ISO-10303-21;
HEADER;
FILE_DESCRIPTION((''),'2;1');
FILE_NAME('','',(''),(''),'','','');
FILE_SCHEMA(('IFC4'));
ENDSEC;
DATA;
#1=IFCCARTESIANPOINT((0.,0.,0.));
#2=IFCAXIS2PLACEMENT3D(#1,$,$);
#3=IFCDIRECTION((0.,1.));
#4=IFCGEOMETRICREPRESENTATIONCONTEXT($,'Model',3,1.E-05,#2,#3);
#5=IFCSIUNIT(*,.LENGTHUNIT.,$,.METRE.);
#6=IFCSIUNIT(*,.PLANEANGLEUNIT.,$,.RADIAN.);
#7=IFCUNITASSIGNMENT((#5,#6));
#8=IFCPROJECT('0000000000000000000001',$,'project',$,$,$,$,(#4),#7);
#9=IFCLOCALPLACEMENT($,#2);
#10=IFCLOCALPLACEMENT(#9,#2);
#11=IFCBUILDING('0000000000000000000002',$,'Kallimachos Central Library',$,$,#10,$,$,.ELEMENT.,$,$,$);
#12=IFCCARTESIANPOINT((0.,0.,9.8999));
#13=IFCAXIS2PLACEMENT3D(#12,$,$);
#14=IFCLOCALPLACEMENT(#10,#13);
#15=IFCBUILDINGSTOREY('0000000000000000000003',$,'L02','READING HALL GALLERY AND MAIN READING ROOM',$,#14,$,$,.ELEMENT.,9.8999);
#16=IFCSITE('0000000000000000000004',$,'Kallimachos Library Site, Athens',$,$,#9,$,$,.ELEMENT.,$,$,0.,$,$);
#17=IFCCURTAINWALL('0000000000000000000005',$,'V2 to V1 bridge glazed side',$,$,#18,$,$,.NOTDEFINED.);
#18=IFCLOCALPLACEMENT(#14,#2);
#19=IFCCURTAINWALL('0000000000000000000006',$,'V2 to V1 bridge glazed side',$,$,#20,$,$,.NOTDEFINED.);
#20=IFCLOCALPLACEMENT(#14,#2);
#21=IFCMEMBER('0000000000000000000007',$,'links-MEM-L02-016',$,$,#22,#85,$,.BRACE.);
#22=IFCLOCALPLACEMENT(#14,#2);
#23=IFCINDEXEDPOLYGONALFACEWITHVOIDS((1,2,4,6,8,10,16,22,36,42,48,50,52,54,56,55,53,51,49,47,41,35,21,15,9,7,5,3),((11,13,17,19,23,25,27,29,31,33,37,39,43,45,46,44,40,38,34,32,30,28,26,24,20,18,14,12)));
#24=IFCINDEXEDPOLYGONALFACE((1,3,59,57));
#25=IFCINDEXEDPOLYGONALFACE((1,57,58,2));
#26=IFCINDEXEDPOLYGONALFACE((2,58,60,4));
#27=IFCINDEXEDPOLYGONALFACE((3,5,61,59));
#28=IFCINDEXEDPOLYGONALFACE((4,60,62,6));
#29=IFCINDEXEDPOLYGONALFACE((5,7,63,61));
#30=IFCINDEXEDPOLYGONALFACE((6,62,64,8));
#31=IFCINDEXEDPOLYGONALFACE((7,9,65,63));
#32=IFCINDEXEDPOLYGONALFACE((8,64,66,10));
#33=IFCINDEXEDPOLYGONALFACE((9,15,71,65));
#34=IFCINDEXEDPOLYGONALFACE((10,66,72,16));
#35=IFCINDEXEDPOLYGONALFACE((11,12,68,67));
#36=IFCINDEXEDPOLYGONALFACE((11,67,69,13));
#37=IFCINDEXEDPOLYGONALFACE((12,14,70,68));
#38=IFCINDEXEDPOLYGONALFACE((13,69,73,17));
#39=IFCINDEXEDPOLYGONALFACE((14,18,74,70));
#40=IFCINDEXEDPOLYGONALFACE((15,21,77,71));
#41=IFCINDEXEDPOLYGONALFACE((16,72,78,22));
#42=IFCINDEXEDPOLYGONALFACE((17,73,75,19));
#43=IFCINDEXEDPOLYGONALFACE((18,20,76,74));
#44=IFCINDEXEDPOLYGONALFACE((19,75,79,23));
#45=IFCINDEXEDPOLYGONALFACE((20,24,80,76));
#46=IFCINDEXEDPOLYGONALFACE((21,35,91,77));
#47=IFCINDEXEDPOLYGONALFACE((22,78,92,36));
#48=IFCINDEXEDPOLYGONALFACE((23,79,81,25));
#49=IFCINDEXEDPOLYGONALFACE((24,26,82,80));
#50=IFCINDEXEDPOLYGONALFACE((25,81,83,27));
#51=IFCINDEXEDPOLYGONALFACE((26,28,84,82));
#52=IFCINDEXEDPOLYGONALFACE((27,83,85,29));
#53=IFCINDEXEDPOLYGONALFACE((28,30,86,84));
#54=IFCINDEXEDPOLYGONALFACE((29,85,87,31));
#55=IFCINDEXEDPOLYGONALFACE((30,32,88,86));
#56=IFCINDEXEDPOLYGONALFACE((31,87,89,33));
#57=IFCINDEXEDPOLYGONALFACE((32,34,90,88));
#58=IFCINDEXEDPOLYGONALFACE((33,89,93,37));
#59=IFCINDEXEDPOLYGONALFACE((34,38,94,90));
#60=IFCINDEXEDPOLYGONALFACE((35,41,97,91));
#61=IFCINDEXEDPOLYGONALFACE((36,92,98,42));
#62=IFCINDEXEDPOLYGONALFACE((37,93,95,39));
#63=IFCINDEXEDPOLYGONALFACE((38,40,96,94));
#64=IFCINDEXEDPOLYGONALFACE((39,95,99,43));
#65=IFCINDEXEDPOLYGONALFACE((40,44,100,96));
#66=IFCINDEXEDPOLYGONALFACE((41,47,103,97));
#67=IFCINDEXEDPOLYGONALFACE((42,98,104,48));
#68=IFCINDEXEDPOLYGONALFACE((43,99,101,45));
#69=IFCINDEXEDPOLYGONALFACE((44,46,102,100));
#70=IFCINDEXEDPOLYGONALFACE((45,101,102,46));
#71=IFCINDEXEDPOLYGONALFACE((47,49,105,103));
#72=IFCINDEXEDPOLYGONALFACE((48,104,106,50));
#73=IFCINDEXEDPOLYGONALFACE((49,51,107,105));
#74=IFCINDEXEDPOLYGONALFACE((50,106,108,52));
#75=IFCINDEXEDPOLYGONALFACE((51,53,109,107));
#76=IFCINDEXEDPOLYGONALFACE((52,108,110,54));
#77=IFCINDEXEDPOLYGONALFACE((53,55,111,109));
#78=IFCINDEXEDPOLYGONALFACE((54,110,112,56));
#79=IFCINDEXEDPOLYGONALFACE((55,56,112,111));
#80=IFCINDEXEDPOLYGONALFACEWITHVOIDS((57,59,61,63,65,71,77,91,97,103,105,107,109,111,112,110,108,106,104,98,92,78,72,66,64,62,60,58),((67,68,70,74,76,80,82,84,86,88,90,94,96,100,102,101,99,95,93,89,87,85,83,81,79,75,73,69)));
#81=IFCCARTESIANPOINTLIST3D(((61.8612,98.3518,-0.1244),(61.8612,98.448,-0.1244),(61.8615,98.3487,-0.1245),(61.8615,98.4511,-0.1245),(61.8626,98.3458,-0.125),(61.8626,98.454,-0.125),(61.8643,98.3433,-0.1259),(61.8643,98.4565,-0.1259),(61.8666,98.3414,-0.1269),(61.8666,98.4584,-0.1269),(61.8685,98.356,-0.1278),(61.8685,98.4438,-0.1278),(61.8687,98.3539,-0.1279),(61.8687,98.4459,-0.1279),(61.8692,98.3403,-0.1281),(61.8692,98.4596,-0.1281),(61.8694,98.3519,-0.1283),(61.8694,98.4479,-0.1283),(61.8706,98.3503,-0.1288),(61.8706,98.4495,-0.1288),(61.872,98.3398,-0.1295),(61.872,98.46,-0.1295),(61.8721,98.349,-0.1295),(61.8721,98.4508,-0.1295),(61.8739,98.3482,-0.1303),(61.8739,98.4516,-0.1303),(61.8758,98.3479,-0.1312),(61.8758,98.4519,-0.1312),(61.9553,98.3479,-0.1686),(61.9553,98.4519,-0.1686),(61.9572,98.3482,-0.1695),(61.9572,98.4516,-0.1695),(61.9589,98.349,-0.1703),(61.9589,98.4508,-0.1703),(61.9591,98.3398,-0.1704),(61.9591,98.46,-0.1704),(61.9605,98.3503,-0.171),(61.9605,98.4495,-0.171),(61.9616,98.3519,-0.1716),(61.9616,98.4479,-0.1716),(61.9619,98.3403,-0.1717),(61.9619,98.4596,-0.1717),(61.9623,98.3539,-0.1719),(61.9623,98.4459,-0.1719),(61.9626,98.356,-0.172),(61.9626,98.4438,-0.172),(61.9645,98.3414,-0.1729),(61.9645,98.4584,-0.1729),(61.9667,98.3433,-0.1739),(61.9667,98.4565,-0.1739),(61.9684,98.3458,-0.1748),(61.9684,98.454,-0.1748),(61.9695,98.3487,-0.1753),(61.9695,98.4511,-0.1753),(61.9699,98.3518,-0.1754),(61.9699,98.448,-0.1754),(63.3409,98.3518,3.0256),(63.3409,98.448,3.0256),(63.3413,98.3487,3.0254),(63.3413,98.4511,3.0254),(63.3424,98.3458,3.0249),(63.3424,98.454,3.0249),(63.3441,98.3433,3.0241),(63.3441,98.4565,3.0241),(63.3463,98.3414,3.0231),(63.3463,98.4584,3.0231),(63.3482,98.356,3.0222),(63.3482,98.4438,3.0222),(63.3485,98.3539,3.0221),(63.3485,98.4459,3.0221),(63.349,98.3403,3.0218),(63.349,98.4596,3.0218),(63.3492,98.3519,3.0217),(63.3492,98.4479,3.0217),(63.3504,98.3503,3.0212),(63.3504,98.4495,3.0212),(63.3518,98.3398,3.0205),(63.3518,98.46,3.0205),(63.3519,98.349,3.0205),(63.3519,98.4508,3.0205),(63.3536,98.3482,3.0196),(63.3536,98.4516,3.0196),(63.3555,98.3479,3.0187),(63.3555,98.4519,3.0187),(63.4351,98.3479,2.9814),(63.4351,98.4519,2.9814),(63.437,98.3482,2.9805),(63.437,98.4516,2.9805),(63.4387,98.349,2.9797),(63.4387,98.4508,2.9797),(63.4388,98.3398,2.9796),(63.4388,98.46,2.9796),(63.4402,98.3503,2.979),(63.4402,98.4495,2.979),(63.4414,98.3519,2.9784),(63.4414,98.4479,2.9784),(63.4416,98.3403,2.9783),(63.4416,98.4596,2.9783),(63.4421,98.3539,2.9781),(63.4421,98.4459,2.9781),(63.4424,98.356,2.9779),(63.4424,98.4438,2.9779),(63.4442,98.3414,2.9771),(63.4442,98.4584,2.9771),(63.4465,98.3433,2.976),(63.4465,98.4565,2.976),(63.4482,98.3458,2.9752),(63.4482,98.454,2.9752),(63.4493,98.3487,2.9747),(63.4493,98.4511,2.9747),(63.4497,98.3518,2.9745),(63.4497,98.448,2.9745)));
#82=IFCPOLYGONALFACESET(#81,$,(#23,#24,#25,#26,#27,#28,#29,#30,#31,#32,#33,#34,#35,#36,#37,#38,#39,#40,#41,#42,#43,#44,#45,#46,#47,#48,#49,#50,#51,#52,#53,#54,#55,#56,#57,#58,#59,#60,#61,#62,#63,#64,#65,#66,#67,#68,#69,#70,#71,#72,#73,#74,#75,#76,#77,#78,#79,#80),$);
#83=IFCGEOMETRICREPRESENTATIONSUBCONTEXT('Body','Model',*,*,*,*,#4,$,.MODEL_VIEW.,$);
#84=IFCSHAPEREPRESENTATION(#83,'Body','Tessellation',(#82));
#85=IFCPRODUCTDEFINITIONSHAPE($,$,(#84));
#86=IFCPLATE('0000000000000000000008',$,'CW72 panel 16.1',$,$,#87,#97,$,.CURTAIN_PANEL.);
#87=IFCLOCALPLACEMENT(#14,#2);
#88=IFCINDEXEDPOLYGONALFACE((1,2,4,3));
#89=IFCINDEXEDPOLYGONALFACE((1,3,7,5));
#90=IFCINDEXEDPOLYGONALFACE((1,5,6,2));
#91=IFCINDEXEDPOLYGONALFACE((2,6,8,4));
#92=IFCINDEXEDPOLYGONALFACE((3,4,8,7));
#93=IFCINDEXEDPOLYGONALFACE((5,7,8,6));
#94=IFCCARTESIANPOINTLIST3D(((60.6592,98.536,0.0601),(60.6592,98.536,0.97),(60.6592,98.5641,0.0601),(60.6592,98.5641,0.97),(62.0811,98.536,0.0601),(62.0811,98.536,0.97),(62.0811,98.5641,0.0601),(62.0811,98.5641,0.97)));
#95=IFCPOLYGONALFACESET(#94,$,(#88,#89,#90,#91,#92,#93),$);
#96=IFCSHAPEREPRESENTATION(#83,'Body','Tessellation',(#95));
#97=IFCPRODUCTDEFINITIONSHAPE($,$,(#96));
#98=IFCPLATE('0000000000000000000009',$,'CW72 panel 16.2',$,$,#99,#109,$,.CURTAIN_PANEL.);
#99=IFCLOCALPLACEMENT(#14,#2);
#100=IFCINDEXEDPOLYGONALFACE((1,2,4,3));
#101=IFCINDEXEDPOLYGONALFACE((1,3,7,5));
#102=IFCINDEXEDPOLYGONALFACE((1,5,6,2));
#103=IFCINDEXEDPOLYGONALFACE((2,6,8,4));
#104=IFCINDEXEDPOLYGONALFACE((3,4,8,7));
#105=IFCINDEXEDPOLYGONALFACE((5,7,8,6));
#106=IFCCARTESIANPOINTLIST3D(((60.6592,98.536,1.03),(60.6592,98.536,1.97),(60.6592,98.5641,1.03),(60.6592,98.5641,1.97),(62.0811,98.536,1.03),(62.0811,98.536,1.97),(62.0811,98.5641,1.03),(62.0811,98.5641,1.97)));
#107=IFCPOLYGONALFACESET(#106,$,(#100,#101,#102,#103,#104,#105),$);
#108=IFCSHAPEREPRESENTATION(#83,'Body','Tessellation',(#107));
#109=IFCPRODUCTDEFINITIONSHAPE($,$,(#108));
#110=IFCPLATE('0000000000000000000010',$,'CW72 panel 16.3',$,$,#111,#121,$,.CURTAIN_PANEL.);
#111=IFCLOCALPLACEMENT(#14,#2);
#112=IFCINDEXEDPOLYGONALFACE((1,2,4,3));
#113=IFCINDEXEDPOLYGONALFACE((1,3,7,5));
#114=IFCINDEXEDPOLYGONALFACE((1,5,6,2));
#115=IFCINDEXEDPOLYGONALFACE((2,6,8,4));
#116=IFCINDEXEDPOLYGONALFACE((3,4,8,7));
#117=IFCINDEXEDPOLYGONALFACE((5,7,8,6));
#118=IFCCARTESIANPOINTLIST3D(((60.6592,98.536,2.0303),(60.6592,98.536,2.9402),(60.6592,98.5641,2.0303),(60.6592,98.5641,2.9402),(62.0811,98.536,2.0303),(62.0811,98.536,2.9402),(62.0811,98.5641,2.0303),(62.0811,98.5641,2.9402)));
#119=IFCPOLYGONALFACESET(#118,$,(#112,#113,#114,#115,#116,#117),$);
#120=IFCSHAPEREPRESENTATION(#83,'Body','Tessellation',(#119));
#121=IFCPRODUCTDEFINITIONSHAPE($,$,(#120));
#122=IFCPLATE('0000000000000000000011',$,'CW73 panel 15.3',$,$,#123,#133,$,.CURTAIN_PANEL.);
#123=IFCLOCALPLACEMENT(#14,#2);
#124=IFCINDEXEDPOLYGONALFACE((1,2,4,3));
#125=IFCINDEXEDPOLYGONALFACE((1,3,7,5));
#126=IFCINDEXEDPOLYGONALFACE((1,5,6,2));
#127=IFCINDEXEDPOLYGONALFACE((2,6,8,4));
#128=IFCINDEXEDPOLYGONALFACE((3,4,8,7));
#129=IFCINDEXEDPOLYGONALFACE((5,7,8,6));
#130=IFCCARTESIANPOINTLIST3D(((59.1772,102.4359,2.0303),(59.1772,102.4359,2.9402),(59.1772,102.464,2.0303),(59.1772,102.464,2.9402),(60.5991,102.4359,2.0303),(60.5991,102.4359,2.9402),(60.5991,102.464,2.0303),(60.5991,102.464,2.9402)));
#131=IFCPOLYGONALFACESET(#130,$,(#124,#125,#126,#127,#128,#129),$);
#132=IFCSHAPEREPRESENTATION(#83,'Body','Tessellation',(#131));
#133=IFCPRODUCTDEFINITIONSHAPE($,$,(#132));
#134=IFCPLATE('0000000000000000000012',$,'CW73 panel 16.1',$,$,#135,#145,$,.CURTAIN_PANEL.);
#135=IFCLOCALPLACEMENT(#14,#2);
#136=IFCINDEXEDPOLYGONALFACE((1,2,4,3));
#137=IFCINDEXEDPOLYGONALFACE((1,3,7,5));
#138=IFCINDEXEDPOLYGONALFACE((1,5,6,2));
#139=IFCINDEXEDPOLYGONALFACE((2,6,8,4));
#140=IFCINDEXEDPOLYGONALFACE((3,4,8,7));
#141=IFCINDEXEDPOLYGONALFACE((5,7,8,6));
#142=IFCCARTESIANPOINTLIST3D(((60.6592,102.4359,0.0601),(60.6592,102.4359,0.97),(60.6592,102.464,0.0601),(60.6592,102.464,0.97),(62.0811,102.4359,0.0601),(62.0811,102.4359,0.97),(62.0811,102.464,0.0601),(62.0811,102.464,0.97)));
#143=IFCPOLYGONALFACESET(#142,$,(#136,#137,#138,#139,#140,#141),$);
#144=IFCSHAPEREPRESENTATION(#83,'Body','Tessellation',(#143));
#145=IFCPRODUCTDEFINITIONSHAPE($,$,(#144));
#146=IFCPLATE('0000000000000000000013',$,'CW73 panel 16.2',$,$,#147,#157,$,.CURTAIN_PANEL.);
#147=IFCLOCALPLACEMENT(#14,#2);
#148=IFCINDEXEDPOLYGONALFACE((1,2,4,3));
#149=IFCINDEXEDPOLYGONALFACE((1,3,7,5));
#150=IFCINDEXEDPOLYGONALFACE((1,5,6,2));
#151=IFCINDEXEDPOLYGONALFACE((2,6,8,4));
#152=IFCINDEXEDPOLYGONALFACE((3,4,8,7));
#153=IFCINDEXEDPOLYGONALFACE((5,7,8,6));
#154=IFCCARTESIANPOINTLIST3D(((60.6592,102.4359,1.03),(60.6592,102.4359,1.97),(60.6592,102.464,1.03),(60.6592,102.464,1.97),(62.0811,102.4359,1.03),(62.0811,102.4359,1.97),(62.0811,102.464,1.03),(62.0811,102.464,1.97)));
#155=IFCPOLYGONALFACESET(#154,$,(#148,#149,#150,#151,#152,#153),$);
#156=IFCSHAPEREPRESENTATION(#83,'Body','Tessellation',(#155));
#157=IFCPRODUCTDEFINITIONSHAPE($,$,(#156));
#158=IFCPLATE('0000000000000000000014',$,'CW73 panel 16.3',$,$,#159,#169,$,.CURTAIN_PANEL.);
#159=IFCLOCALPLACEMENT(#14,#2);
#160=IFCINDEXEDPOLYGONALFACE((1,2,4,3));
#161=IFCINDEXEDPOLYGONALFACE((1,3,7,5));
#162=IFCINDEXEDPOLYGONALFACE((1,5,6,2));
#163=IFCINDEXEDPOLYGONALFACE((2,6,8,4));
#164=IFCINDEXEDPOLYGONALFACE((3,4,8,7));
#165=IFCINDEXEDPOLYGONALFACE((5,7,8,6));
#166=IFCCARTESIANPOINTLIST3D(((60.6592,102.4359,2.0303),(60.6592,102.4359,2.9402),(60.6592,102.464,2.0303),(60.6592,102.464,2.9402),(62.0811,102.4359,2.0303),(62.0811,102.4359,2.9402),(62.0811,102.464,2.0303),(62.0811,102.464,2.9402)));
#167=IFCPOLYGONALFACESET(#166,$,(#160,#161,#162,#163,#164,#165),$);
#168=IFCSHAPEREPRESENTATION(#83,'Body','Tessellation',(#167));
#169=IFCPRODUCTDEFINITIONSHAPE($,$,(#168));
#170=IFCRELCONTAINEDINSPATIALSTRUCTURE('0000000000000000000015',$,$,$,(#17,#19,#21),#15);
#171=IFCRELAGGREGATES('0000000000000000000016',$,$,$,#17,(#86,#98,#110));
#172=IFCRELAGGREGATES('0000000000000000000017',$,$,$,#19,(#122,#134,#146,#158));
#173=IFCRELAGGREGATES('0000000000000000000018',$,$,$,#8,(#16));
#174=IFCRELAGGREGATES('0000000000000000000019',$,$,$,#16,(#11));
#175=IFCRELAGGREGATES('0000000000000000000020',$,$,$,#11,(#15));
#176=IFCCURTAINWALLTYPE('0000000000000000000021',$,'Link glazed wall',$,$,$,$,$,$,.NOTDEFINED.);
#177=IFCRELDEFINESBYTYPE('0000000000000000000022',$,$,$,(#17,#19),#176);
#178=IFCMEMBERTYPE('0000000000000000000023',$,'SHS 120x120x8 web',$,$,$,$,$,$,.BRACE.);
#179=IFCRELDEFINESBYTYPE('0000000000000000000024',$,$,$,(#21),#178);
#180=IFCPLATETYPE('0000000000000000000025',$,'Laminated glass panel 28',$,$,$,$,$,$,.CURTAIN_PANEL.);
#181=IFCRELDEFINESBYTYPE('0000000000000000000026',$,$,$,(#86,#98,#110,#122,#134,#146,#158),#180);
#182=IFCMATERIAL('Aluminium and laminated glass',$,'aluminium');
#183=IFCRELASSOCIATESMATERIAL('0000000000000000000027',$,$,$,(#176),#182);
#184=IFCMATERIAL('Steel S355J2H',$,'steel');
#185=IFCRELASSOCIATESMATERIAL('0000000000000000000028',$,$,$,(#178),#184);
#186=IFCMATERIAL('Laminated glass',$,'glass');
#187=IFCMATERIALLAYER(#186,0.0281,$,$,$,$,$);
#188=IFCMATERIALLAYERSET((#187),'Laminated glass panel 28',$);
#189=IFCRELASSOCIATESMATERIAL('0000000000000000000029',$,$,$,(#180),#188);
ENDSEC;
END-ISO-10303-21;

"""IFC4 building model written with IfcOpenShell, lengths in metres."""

from ifc_helpers import new_model, si_unit, direction, frame, origin, origin_2d, place, context, subcontext, project, spatial, rectangle, hollow_rectangle, extrude, material, layer, layer_set, material_profile, profile_set, type_object, element, aggregate, save


model = new_model("IFC4")

# Units and contexts
model_context = context("Model", 3, precision=1e-05, world=origin(), true_north=direction((0.0, 1.0)))
body_context = subcontext(model_context, "Body", "Model", "MODEL_VIEW")
ifc_project = project(units=[si_unit("LENGTHUNIT", "METRE"), si_unit("PLANEANGLEUNIT", "RADIAN")], contexts=[model_context])

# Site, building, storey
site_placement = place(None, origin())
site = spatial("IfcSite", under=ifc_project, at=site_placement, Name="Kallimachos Library Site, Athens", CompositionType="ELEMENT", RefElevation=0.0)
building_placement = place(site_placement, origin())
building = spatial("IfcBuilding", under=site, at=building_placement, Name="Kallimachos Central Library", CompositionType="ELEMENT")
storey_placement = place(building_placement, frame((0.0, 0.0, 9.8999)))
storey = spatial("IfcBuildingStorey", under=building, at=storey_placement, Name="L02", Description="READING HALL GALLERY AND MAIN READING ROOM", CompositionType="ELEMENT", Elevation=9.8999)

# Curtain walls
ifc_material_1 = material(Name="Aluminium and laminated glass", Category="aluminium")
curtain_wall_type = type_object("IfcCurtainWallType", Name="Link glazed wall", PredefinedType="NOTDEFINED", material=ifc_material_1)
curtain_wall_1_placement = place(storey_placement, origin())
curtain_wall_1 = element("IfcCurtainWall", 1, at=curtain_wall_1_placement, inside=storey, type_object=curtain_wall_type, Name="V2 to V1 bridge glazed side", PredefinedType="NOTDEFINED")
curtain_wall_2_placement = place(storey_placement, origin())
curtain_wall_2 = element("IfcCurtainWall", 2, at=curtain_wall_2_placement, inside=storey, type_object=curtain_wall_type, Name="V2 to V1 bridge glazed side", PredefinedType="NOTDEFINED")

# Member
ifc_material_2 = material(Name="Steel S355J2H", Category="steel")
ifc_material_profile_1 = material_profile(ifc_material_2, hollow_rectangle(XDim=0.1201, YDim=0.1201, WallThickness=0.0081, InnerFilletRadius=0.0081, OuterFilletRadius=0.012, at=origin_2d()), Name="SHS 120x120x8")
ifc_profile_set_1 = profile_set([ifc_material_profile_1], Name="Steel S355J2H")
member_type_1 = type_object("IfcMemberType", Name="SHS 120x120x8 web", PredefinedType="BRACE", material=ifc_profile_set_1)
for number, where, z_axis, x_axis, name in (
    (3, (61.9155, 98.3999, -0.1499), (0.425192, 0.0, 0.905103), (0.0, 1.0, 0.0), "links-MEM-L02-016"),
):
    element("IfcMember", number, at=place(storey_placement, frame(where, z_axis=z_axis, x_axis=x_axis)), inside=storey, type_object=member_type_1, Name=name, PredefinedType="BRACE", context=body_context, shape_type="SweptSolid", body=[
        extrude(hollow_rectangle(XDim=0.1201, YDim=0.1201, WallThickness=0.0081, InnerFilletRadius=0.0081, OuterFilletRadius=0.012, at=origin_2d()), origin(), (0.0, 0.0, 1.0), 3.4802),
    ])

# Plates
ifc_material_3 = material(Name="Laminated glass", Category="glass")
ifc_layer = layer(ifc_material_3, 0.0281)
ifc_layer_set = layer_set([ifc_layer], Name="Laminated glass panel 28")
plate_type = type_object("IfcPlateType", Name="Laminated glass panel 28", PredefinedType="CURTAIN_PANEL", material=ifc_layer_set)
plate_1_placement = place(storey_placement, frame((61.3701, 98.55, 0.0601), z_axis=(0.0, 0.0, 1.0), x_axis=(1.0, 0.0, 0.0)))
plate_1 = element("IfcPlate", 4, at=plate_1_placement, type_object=plate_type, Name="CW72 panel 16.1", PredefinedType="CURTAIN_PANEL", context=body_context, shape_type="SweptSolid", body=[
    extrude(rectangle(XDim=1.4219, YDim=0.0281, at=origin_2d()), origin(), (0.0, 0.0, 1.0), 0.9099),
])
plate_2_placement = place(storey_placement, frame((61.3701, 98.55, 1.03), z_axis=(0.0, 0.0, 1.0), x_axis=(1.0, 0.0, 0.0)))
plate_2 = element("IfcPlate", 5, at=plate_2_placement, type_object=plate_type, Name="CW72 panel 16.2", PredefinedType="CURTAIN_PANEL", context=body_context, shape_type="SweptSolid", body=[
    extrude(rectangle(XDim=1.4219, YDim=0.0281, at=origin_2d()), origin(), (0.0, 0.0, 1.0), 0.9399),
])
plate_3_placement = place(storey_placement, frame((61.3701, 98.55, 2.0303), z_axis=(0.0, 0.0, 1.0), x_axis=(1.0, 0.0, 0.0)))
plate_3 = element("IfcPlate", 6, at=plate_3_placement, type_object=plate_type, Name="CW72 panel 16.3", PredefinedType="CURTAIN_PANEL", context=body_context, shape_type="SweptSolid", body=[
    extrude(rectangle(XDim=1.4219, YDim=0.0281, at=origin_2d()), origin(), (0.0, 0.0, 1.0), 0.9099),
])
aggregate(curtain_wall_1, [plate_1, plate_2, plate_3])
plate_4_placement = place(storey_placement, frame((59.8882, 102.45, 2.0303), z_axis=(0.0, 0.0, 1.0), x_axis=(1.0, 0.0, 0.0)))
plate_4 = element("IfcPlate", 7, at=plate_4_placement, type_object=plate_type, Name="CW73 panel 15.3", PredefinedType="CURTAIN_PANEL", context=body_context, shape_type="SweptSolid", body=[
    extrude(rectangle(XDim=1.4219, YDim=0.0281, at=origin_2d()), origin(), (0.0, 0.0, 1.0), 0.9099),
])
plate_5_placement = place(storey_placement, frame((61.3701, 102.45, 0.0601), z_axis=(0.0, 0.0, 1.0), x_axis=(1.0, 0.0, 0.0)))
plate_5 = element("IfcPlate", 8, at=plate_5_placement, type_object=plate_type, Name="CW73 panel 16.1", PredefinedType="CURTAIN_PANEL", context=body_context, shape_type="SweptSolid", body=[
    extrude(rectangle(XDim=1.4219, YDim=0.0281, at=origin_2d()), origin(), (0.0, 0.0, 1.0), 0.9099),
])
plate_6_placement = place(storey_placement, frame((61.3701, 102.45, 1.03), z_axis=(0.0, 0.0, 1.0), x_axis=(1.0, 0.0, 0.0)))
plate_6 = element("IfcPlate", 9, at=plate_6_placement, type_object=plate_type, Name="CW73 panel 16.2", PredefinedType="CURTAIN_PANEL", context=body_context, shape_type="SweptSolid", body=[
    extrude(rectangle(XDim=1.4219, YDim=0.0281, at=origin_2d()), origin(), (0.0, 0.0, 1.0), 0.9399),
])
plate_7_placement = place(storey_placement, frame((61.3701, 102.45, 2.0303), z_axis=(0.0, 0.0, 1.0), x_axis=(1.0, 0.0, 0.0)))
plate_7 = element("IfcPlate", 10, at=plate_7_placement, type_object=plate_type, Name="CW73 panel 16.3", PredefinedType="CURTAIN_PANEL", context=body_context, shape_type="SweptSolid", body=[
    extrude(rectangle(XDim=1.4219, YDim=0.0281, at=origin_2d()), origin(), (0.0, 0.0, 1.0), 0.9099),
])
aggregate(curtain_wall_2, [plate_4, plate_5, plate_6, plate_7])

save(model, "model.ifc")
